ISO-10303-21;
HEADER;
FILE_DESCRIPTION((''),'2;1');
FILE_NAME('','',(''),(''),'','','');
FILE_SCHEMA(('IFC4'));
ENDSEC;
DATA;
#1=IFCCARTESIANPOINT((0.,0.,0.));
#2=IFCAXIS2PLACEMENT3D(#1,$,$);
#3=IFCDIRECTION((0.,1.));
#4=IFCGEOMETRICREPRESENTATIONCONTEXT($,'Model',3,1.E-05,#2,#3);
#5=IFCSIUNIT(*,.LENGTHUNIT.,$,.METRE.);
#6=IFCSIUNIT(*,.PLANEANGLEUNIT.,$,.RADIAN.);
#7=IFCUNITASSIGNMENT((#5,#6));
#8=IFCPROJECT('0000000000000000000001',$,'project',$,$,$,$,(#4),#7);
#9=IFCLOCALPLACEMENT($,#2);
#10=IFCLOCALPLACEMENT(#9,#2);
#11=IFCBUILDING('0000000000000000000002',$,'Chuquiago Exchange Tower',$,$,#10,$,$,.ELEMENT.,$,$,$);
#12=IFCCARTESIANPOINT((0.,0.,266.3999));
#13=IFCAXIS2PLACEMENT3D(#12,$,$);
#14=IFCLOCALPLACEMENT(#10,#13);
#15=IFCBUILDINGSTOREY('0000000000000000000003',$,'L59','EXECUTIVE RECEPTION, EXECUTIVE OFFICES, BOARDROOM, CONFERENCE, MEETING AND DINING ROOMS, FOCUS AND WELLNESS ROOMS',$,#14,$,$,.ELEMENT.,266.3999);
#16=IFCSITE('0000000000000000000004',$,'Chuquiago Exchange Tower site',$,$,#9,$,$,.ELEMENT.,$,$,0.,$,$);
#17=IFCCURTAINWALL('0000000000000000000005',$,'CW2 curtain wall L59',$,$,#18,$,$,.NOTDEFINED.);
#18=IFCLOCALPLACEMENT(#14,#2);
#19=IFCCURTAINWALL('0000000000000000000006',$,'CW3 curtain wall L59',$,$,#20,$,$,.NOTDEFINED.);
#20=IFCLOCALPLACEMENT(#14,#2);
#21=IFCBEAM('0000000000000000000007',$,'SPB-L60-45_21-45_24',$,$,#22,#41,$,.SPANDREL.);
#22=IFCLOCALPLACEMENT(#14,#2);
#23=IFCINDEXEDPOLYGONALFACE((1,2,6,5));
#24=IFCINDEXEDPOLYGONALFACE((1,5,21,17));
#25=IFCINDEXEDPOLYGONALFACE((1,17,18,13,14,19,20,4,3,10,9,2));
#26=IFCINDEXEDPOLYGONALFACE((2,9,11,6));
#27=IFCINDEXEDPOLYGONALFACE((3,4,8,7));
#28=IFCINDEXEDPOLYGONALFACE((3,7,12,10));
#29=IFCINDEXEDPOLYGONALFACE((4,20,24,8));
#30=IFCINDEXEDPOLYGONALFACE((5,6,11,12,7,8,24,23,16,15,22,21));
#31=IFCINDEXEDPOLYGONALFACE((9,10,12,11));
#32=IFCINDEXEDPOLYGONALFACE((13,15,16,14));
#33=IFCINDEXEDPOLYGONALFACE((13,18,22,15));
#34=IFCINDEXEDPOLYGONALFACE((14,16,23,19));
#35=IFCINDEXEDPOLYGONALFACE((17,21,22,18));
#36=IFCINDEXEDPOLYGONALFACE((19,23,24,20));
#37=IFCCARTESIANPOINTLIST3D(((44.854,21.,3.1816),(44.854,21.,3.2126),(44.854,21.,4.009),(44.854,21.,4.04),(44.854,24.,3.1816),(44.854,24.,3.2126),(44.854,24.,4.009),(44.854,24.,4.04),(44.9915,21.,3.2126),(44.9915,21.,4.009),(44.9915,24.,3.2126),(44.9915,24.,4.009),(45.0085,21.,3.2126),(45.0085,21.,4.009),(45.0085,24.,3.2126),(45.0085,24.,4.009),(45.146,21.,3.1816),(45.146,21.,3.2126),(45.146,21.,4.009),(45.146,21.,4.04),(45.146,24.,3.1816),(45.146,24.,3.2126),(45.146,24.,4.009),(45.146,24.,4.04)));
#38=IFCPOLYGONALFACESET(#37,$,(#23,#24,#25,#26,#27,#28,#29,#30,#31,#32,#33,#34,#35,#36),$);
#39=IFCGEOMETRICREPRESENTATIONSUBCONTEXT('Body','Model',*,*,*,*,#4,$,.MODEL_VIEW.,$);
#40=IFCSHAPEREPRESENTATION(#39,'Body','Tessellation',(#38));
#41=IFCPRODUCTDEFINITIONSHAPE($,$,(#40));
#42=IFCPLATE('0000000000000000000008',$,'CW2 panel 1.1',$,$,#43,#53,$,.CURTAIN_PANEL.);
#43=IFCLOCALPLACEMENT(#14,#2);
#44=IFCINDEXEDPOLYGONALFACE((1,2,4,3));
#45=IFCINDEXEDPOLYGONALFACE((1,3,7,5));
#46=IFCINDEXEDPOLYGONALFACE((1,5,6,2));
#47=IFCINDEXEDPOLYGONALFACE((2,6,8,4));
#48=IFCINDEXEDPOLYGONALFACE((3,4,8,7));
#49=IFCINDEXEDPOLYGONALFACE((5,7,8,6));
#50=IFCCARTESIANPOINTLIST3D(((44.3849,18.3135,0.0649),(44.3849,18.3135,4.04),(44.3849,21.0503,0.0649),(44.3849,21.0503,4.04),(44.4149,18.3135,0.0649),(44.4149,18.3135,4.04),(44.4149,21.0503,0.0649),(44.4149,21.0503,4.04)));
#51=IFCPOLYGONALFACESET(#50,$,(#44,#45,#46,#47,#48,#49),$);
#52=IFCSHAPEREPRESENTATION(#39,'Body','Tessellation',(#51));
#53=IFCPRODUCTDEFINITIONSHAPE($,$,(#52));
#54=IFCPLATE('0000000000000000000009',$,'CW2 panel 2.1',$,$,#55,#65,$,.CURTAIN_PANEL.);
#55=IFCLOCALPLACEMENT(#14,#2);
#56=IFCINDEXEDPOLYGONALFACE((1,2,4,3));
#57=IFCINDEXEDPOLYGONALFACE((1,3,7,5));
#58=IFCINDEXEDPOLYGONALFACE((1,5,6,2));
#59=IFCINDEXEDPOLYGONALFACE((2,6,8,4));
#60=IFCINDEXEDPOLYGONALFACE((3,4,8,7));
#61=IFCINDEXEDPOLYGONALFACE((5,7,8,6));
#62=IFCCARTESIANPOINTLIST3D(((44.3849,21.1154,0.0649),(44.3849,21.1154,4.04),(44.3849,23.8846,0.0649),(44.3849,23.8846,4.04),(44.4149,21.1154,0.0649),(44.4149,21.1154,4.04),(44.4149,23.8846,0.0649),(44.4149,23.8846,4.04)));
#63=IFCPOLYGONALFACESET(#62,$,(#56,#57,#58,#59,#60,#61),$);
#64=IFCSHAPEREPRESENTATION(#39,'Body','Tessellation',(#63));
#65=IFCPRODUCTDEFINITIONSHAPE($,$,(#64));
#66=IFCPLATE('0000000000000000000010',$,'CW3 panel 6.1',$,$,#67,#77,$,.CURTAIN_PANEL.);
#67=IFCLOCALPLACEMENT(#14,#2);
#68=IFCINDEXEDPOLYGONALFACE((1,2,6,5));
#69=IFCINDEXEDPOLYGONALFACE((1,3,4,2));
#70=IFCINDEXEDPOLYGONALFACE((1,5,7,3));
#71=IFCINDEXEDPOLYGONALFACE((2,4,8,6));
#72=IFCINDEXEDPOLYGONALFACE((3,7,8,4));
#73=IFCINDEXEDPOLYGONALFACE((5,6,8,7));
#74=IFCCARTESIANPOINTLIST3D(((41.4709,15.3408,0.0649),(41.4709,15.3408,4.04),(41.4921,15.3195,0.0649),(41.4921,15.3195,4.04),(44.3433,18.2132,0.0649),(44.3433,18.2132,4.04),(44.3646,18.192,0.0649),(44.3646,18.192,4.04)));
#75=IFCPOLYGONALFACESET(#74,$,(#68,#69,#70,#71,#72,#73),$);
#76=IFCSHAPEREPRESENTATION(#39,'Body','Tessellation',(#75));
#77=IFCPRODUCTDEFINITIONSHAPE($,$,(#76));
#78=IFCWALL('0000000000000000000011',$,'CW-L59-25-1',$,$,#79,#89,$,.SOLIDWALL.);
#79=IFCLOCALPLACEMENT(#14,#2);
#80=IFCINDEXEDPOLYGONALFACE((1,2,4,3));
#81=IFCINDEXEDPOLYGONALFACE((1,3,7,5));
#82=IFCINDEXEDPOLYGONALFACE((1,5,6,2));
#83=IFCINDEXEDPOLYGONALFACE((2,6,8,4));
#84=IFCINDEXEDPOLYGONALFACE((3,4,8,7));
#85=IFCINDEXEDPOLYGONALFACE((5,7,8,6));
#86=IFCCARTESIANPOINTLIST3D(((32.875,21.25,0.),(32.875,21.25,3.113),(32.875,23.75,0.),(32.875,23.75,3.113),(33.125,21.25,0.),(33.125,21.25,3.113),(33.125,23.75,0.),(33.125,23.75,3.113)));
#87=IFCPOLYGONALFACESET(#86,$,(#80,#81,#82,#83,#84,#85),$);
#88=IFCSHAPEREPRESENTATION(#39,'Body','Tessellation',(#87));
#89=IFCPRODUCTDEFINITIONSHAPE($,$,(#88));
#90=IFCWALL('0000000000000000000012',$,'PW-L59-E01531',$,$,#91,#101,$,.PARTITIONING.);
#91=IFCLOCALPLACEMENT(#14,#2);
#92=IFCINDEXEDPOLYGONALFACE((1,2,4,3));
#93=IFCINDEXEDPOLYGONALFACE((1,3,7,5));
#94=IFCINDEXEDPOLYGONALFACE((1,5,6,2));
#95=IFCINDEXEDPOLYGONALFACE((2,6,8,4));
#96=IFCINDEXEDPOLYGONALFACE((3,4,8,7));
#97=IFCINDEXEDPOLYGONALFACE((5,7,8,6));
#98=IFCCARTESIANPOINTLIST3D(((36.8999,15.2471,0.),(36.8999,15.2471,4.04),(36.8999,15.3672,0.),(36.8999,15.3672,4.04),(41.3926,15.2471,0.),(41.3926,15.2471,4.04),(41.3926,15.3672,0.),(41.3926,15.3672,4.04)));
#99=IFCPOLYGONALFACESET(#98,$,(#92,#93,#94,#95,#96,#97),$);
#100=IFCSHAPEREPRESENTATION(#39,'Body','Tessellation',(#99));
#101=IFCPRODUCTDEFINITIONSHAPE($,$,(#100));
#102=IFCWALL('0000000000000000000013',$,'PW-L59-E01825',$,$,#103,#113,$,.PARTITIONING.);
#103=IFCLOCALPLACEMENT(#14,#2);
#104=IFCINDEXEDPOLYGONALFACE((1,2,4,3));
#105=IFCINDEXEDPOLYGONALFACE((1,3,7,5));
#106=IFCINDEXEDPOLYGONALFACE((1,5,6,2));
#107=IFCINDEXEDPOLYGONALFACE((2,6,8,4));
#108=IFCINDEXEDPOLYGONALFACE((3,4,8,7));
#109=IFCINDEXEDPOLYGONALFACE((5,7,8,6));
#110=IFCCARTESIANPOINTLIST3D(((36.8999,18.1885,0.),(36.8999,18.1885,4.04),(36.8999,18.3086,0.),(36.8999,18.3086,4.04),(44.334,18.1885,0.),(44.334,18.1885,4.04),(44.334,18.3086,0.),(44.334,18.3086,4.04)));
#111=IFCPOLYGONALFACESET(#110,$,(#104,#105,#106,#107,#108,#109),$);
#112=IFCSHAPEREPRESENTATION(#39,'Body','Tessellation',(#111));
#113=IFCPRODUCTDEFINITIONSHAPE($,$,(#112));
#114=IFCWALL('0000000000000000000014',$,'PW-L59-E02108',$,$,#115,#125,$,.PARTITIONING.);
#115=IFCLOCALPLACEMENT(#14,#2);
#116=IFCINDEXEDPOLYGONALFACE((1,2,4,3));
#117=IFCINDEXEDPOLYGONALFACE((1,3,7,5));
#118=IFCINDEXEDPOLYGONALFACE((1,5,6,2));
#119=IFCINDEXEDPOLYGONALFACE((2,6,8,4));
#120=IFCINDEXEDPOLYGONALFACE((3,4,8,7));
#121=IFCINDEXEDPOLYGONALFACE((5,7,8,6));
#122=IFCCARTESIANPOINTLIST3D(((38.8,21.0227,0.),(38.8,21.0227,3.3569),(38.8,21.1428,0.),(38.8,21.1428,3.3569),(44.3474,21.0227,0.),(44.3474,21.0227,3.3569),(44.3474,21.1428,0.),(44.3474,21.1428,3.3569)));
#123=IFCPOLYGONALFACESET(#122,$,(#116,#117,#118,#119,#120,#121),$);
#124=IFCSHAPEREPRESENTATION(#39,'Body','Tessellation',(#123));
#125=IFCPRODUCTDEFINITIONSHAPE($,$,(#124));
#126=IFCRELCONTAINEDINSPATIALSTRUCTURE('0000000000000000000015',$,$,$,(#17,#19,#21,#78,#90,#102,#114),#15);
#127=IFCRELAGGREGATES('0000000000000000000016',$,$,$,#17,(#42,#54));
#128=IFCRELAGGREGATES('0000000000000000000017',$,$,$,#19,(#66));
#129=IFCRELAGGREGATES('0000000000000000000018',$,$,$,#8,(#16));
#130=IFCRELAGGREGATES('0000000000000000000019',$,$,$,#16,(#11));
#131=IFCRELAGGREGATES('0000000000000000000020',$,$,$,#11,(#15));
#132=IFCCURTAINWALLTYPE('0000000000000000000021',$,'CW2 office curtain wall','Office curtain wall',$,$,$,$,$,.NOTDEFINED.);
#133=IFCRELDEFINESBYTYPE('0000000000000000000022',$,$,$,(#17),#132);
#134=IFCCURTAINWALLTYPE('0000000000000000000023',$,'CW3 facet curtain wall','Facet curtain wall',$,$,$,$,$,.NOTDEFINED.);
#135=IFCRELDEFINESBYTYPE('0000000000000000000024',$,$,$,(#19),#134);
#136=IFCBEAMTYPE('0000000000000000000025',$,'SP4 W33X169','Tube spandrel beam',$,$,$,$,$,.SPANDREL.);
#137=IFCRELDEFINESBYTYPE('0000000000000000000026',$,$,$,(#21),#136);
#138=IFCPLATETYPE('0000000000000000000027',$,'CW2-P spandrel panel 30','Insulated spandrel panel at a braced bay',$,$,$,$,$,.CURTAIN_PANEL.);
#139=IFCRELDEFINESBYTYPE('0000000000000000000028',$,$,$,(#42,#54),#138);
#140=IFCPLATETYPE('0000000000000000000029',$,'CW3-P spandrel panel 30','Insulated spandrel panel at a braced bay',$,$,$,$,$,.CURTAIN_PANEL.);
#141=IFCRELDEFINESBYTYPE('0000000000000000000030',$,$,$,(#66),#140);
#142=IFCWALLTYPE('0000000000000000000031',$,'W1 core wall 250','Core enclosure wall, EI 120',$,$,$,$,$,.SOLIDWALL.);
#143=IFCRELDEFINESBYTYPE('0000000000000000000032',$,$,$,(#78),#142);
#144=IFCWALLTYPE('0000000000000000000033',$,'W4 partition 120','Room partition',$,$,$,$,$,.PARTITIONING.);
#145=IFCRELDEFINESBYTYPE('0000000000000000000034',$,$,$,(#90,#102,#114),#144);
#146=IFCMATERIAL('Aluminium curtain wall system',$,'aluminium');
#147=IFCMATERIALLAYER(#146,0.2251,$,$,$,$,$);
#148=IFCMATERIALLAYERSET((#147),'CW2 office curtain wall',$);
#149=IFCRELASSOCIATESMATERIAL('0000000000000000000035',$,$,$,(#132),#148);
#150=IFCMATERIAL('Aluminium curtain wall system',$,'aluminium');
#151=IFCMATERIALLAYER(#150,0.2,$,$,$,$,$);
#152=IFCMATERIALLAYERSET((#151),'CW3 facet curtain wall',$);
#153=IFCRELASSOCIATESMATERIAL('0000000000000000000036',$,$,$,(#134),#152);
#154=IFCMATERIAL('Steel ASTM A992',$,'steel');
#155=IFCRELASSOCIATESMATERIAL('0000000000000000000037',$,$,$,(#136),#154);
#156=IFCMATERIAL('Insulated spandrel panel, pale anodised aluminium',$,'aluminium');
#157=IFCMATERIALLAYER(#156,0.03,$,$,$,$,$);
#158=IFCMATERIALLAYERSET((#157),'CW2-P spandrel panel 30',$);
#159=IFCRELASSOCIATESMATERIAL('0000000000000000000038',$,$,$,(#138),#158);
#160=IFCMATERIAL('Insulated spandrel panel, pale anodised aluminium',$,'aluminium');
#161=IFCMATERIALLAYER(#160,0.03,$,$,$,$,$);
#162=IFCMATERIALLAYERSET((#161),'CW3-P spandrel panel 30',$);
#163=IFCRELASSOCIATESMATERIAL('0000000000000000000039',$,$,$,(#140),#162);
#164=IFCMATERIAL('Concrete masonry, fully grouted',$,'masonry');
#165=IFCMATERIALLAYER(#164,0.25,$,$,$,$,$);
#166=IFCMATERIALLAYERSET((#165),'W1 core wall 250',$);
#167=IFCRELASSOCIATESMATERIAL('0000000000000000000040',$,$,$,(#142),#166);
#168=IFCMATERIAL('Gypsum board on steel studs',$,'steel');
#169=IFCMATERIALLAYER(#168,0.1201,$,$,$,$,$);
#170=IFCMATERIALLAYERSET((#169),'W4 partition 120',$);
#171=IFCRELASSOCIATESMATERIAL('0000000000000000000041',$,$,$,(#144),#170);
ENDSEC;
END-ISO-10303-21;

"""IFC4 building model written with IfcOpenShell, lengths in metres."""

from ifc_helpers import new_model, si_unit, direction, frame, frame_2d, origin, origin_2d, place, context, subcontext, project, spatial, rectangle, i_section, extrude, material, layer, layer_set, material_profile, profile_set, type_object, element, aggregate, save


model = new_model("IFC4")

# Units and contexts
model_context = context("Model", 3, precision=1e-05, world=origin(), true_north=direction((0.0, 1.0)))
body_context = subcontext(model_context, "Body", "Model", "MODEL_VIEW")
ifc_project = project(units=[si_unit("LENGTHUNIT", "METRE"), si_unit("PLANEANGLEUNIT", "RADIAN")], contexts=[model_context])

# Site, building, storey
site_placement = place(None, origin())
site = spatial("IfcSite", under=ifc_project, at=site_placement, Name="Chuquiago Exchange Tower site", CompositionType="ELEMENT", RefElevation=0.0)
building_placement = place(site_placement, origin())
building = spatial("IfcBuilding", under=site, at=building_placement, Name="Chuquiago Exchange Tower", CompositionType="ELEMENT")
storey_placement = place(building_placement, frame((0.0, 0.0, 266.3999)))
storey = spatial("IfcBuildingStorey", under=building, at=storey_placement, Name="L59", Description="EXECUTIVE RECEPTION, EXECUTIVE OFFICES, BOARDROOM, CONFERENCE, MEETING AND DINING ROOMS, FOCUS AND WELLNESS ROOMS", CompositionType="ELEMENT", Elevation=266.3999)

# Curtain walls
ifc_material_1 = material(Name="Aluminium curtain wall system", Category="aluminium")
ifc_layer_1 = layer(ifc_material_1, 0.2251)
ifc_layer_set_1 = layer_set([ifc_layer_1], Name="CW2 office curtain wall")
curtain_wall_type_1 = type_object("IfcCurtainWallType", Name="CW2 office curtain wall", Description="Office curtain wall", PredefinedType="NOTDEFINED", material=ifc_layer_set_1)
curtain_wall_1_placement = place(storey_placement, origin())
curtain_wall_1 = element("IfcCurtainWall", 1, at=curtain_wall_1_placement, inside=storey, type_object=curtain_wall_type_1, Name="CW2 curtain wall L59", PredefinedType="NOTDEFINED")
ifc_material_2 = material(Name="Aluminium curtain wall system", Category="aluminium")
ifc_layer_2 = layer(ifc_material_2, 0.2)
ifc_layer_set_2 = layer_set([ifc_layer_2], Name="CW3 facet curtain wall")
curtain_wall_type_2 = type_object("IfcCurtainWallType", Name="CW3 facet curtain wall", Description="Facet curtain wall", PredefinedType="NOTDEFINED", material=ifc_layer_set_2)
curtain_wall_2_placement = place(storey_placement, origin())
curtain_wall_2 = element("IfcCurtainWall", 2, at=curtain_wall_2_placement, inside=storey, type_object=curtain_wall_type_2, Name="CW3 curtain wall L59", PredefinedType="NOTDEFINED")

# Beam
ifc_material_3 = material(Name="Steel ASTM A992", Category="steel")
ifc_material_profile_1 = material_profile(ifc_material_3, i_section(OverallWidth=0.292, OverallDepth=0.8584, WebThickness=0.0171, FlangeThickness=0.031, at=origin_2d()), Name="W33X169")
ifc_profile_set_1 = profile_set([ifc_material_profile_1], Name="Steel ASTM A992")
beam_type_1 = type_object("IfcBeamType", Name="SP4 W33X169", Description="Tube spandrel beam", PredefinedType="SPANDREL", material=ifc_profile_set_1)
for number, where, z_axis, x_axis, name in (
    (3, (45.0, 21.0, 3.6108), (0.0, 1.0, 0.0), (-1.0, 0.0, 0.0), "SPB-L60-45_21-45_24"),
):
    element("IfcBeam", number, at=place(storey_placement, frame(where, z_axis=z_axis, x_axis=x_axis)), inside=storey, type_object=beam_type_1, Name=name, PredefinedType="SPANDREL", context=body_context, shape_type="SweptSolid", body=[
        extrude(i_section(OverallWidth=0.292, OverallDepth=0.8584, WebThickness=0.0171, FlangeThickness=0.031, at=origin_2d()), origin(), (0.0, 0.0, 1.0), 3.0),
    ])

# Plates
ifc_material_4 = material(Name="Insulated spandrel panel, pale anodised aluminium", Category="aluminium")
ifc_layer_3 = layer(ifc_material_4, 0.03)
ifc_layer_set_3 = layer_set([ifc_layer_3], Name="CW2-P spandrel panel 30")
plate_type_1 = type_object("IfcPlateType", Name="CW2-P spandrel panel 30", Description="Insulated spandrel panel at a braced bay", PredefinedType="CURTAIN_PANEL", material=ifc_layer_set_3)
plate_1_placement = place(storey_placement, frame((44.3999, 19.6819, 0.0649), z_axis=(0.0, 0.0, 1.0), x_axis=(0.0, 1.0, 0.0)))
plate_1 = element("IfcPlate", 4, at=plate_1_placement, type_object=plate_type_1, Name="CW2 panel 1.1", PredefinedType="CURTAIN_PANEL", context=body_context, shape_type="SweptSolid", body=[
    extrude(rectangle(XDim=2.7368, YDim=0.03, at=origin_2d()), origin(), (0.0, 0.0, 1.0), 3.9751),
])
plate_2_placement = place(storey_placement, frame((44.3999, 22.5, 0.0649), z_axis=(0.0, 0.0, 1.0), x_axis=(0.0, 1.0, 0.0)))
plate_2 = element("IfcPlate", 5, at=plate_2_placement, type_object=plate_type_1, Name="CW2 panel 2.1", PredefinedType="CURTAIN_PANEL", context=body_context, shape_type="SweptSolid", body=[
    extrude(rectangle(XDim=2.7693, YDim=0.03, at=origin_2d()), origin(), (0.0, 0.0, 1.0), 3.9751),
])
aggregate(curtain_wall_1, [plate_1, plate_2])
ifc_material_5 = material(Name="Insulated spandrel panel, pale anodised aluminium", Category="aluminium")
ifc_layer_4 = layer(ifc_material_5, 0.03)
ifc_layer_set_4 = layer_set([ifc_layer_4], Name="CW3-P spandrel panel 30")
plate_type_2 = type_object("IfcPlateType", Name="CW3-P spandrel panel 30", Description="Insulated spandrel panel at a braced bay", PredefinedType="CURTAIN_PANEL", material=ifc_layer_set_4)
plate_3_placement = place(storey_placement, frame((42.9177, 16.7664, 0.0649), z_axis=(0.0, 0.0, 1.0), x_axis=(0.707107, 0.707107, 0.0)))
plate_3 = element("IfcPlate", 6, at=plate_3_placement, type_object=plate_type_2, Name="CW3 panel 6.1", PredefinedType="CURTAIN_PANEL", context=body_context, shape_type="SweptSolid", body=[
    extrude(rectangle(XDim=4.0623, YDim=0.03, at=origin_2d()), origin(), (0.0, 0.0, 1.0), 3.9751),
])
aggregate(curtain_wall_2, [plate_3])

# Walls
ifc_material_6 = material(Name="Concrete masonry, fully grouted", Category="masonry")
ifc_layer_5 = layer(ifc_material_6, 0.25)
ifc_layer_set_5 = layer_set([ifc_layer_5], Name="W1 core wall 250")
wall_type_1 = type_object("IfcWallType", Name="W1 core wall 250", Description="Core enclosure wall, EI 120", PredefinedType="SOLIDWALL", material=ifc_layer_set_5)
wall_1_placement = place(storey_placement, frame((33.0, 21.25, 0.0), z_axis=(0.0, 0.0, 1.0), x_axis=(0.0, 1.0, 0.0)))
element("IfcWall", 7, at=wall_1_placement, inside=storey, type_object=wall_type_1, Name="CW-L59-25-1", PredefinedType="SOLIDWALL", context=body_context, shape_type="SweptSolid", body=[
    extrude(rectangle(XDim=2.5, YDim=0.25, at=frame_2d((1.25, 0.0))), origin(), (0.0, 0.0, 1.0), 3.113),
])
ifc_material_7 = material(Name="Gypsum board on steel studs", Category="steel")
ifc_layer_6 = layer(ifc_material_7, 0.1201)
ifc_layer_set_6 = layer_set([ifc_layer_6], Name="W4 partition 120")
wall_type_2 = type_object("IfcWallType", Name="W4 partition 120", Description="Room partition", PredefinedType="PARTITIONING", material=ifc_layer_set_6)
wall_2_placement = place(storey_placement, frame((41.3926, 15.3071, 0.0), z_axis=(0.0, 0.0, 1.0), x_axis=(-1.0, 0.0, 0.0)))
element("IfcWall", 8, at=wall_2_placement, inside=storey, type_object=wall_type_2, Name="PW-L59-E01531", PredefinedType="PARTITIONING", context=body_context, shape_type="SweptSolid", body=[
    extrude(rectangle(XDim=4.4927, YDim=0.1201, at=frame_2d((2.2463, 0.0))), origin(), (0.0, 0.0, 1.0), 4.04),
])
wall_3_placement = place(storey_placement, frame((44.334, 18.2485, 0.0), z_axis=(0.0, 0.0, 1.0), x_axis=(-1.0, 0.0, 0.0)))
element("IfcWall", 9, at=wall_3_placement, inside=storey, type_object=wall_type_2, Name="PW-L59-E01825", PredefinedType="PARTITIONING", context=body_context, shape_type="SweptSolid", body=[
    extrude(rectangle(XDim=7.4341, YDim=0.1201, at=frame_2d((3.717, 0.0))), origin(), (0.0, 0.0, 1.0), 4.04),
])
wall_4_placement = place(storey_placement, frame((44.3474, 21.0828, 0.0), z_axis=(0.0, 0.0, 1.0), x_axis=(-1.0, 0.0, 0.0)))
element("IfcWall", 10, at=wall_4_placement, inside=storey, type_object=wall_type_2, Name="PW-L59-E02108", PredefinedType="PARTITIONING", context=body_context, shape_type="SweptSolid", body=[
    extrude(rectangle(XDim=5.5474, YDim=0.1201, at=frame_2d((2.7737, 0.0))), origin(), (0.0, 0.0, 1.0), 3.3569),
])

save(model, "model.ifc")
